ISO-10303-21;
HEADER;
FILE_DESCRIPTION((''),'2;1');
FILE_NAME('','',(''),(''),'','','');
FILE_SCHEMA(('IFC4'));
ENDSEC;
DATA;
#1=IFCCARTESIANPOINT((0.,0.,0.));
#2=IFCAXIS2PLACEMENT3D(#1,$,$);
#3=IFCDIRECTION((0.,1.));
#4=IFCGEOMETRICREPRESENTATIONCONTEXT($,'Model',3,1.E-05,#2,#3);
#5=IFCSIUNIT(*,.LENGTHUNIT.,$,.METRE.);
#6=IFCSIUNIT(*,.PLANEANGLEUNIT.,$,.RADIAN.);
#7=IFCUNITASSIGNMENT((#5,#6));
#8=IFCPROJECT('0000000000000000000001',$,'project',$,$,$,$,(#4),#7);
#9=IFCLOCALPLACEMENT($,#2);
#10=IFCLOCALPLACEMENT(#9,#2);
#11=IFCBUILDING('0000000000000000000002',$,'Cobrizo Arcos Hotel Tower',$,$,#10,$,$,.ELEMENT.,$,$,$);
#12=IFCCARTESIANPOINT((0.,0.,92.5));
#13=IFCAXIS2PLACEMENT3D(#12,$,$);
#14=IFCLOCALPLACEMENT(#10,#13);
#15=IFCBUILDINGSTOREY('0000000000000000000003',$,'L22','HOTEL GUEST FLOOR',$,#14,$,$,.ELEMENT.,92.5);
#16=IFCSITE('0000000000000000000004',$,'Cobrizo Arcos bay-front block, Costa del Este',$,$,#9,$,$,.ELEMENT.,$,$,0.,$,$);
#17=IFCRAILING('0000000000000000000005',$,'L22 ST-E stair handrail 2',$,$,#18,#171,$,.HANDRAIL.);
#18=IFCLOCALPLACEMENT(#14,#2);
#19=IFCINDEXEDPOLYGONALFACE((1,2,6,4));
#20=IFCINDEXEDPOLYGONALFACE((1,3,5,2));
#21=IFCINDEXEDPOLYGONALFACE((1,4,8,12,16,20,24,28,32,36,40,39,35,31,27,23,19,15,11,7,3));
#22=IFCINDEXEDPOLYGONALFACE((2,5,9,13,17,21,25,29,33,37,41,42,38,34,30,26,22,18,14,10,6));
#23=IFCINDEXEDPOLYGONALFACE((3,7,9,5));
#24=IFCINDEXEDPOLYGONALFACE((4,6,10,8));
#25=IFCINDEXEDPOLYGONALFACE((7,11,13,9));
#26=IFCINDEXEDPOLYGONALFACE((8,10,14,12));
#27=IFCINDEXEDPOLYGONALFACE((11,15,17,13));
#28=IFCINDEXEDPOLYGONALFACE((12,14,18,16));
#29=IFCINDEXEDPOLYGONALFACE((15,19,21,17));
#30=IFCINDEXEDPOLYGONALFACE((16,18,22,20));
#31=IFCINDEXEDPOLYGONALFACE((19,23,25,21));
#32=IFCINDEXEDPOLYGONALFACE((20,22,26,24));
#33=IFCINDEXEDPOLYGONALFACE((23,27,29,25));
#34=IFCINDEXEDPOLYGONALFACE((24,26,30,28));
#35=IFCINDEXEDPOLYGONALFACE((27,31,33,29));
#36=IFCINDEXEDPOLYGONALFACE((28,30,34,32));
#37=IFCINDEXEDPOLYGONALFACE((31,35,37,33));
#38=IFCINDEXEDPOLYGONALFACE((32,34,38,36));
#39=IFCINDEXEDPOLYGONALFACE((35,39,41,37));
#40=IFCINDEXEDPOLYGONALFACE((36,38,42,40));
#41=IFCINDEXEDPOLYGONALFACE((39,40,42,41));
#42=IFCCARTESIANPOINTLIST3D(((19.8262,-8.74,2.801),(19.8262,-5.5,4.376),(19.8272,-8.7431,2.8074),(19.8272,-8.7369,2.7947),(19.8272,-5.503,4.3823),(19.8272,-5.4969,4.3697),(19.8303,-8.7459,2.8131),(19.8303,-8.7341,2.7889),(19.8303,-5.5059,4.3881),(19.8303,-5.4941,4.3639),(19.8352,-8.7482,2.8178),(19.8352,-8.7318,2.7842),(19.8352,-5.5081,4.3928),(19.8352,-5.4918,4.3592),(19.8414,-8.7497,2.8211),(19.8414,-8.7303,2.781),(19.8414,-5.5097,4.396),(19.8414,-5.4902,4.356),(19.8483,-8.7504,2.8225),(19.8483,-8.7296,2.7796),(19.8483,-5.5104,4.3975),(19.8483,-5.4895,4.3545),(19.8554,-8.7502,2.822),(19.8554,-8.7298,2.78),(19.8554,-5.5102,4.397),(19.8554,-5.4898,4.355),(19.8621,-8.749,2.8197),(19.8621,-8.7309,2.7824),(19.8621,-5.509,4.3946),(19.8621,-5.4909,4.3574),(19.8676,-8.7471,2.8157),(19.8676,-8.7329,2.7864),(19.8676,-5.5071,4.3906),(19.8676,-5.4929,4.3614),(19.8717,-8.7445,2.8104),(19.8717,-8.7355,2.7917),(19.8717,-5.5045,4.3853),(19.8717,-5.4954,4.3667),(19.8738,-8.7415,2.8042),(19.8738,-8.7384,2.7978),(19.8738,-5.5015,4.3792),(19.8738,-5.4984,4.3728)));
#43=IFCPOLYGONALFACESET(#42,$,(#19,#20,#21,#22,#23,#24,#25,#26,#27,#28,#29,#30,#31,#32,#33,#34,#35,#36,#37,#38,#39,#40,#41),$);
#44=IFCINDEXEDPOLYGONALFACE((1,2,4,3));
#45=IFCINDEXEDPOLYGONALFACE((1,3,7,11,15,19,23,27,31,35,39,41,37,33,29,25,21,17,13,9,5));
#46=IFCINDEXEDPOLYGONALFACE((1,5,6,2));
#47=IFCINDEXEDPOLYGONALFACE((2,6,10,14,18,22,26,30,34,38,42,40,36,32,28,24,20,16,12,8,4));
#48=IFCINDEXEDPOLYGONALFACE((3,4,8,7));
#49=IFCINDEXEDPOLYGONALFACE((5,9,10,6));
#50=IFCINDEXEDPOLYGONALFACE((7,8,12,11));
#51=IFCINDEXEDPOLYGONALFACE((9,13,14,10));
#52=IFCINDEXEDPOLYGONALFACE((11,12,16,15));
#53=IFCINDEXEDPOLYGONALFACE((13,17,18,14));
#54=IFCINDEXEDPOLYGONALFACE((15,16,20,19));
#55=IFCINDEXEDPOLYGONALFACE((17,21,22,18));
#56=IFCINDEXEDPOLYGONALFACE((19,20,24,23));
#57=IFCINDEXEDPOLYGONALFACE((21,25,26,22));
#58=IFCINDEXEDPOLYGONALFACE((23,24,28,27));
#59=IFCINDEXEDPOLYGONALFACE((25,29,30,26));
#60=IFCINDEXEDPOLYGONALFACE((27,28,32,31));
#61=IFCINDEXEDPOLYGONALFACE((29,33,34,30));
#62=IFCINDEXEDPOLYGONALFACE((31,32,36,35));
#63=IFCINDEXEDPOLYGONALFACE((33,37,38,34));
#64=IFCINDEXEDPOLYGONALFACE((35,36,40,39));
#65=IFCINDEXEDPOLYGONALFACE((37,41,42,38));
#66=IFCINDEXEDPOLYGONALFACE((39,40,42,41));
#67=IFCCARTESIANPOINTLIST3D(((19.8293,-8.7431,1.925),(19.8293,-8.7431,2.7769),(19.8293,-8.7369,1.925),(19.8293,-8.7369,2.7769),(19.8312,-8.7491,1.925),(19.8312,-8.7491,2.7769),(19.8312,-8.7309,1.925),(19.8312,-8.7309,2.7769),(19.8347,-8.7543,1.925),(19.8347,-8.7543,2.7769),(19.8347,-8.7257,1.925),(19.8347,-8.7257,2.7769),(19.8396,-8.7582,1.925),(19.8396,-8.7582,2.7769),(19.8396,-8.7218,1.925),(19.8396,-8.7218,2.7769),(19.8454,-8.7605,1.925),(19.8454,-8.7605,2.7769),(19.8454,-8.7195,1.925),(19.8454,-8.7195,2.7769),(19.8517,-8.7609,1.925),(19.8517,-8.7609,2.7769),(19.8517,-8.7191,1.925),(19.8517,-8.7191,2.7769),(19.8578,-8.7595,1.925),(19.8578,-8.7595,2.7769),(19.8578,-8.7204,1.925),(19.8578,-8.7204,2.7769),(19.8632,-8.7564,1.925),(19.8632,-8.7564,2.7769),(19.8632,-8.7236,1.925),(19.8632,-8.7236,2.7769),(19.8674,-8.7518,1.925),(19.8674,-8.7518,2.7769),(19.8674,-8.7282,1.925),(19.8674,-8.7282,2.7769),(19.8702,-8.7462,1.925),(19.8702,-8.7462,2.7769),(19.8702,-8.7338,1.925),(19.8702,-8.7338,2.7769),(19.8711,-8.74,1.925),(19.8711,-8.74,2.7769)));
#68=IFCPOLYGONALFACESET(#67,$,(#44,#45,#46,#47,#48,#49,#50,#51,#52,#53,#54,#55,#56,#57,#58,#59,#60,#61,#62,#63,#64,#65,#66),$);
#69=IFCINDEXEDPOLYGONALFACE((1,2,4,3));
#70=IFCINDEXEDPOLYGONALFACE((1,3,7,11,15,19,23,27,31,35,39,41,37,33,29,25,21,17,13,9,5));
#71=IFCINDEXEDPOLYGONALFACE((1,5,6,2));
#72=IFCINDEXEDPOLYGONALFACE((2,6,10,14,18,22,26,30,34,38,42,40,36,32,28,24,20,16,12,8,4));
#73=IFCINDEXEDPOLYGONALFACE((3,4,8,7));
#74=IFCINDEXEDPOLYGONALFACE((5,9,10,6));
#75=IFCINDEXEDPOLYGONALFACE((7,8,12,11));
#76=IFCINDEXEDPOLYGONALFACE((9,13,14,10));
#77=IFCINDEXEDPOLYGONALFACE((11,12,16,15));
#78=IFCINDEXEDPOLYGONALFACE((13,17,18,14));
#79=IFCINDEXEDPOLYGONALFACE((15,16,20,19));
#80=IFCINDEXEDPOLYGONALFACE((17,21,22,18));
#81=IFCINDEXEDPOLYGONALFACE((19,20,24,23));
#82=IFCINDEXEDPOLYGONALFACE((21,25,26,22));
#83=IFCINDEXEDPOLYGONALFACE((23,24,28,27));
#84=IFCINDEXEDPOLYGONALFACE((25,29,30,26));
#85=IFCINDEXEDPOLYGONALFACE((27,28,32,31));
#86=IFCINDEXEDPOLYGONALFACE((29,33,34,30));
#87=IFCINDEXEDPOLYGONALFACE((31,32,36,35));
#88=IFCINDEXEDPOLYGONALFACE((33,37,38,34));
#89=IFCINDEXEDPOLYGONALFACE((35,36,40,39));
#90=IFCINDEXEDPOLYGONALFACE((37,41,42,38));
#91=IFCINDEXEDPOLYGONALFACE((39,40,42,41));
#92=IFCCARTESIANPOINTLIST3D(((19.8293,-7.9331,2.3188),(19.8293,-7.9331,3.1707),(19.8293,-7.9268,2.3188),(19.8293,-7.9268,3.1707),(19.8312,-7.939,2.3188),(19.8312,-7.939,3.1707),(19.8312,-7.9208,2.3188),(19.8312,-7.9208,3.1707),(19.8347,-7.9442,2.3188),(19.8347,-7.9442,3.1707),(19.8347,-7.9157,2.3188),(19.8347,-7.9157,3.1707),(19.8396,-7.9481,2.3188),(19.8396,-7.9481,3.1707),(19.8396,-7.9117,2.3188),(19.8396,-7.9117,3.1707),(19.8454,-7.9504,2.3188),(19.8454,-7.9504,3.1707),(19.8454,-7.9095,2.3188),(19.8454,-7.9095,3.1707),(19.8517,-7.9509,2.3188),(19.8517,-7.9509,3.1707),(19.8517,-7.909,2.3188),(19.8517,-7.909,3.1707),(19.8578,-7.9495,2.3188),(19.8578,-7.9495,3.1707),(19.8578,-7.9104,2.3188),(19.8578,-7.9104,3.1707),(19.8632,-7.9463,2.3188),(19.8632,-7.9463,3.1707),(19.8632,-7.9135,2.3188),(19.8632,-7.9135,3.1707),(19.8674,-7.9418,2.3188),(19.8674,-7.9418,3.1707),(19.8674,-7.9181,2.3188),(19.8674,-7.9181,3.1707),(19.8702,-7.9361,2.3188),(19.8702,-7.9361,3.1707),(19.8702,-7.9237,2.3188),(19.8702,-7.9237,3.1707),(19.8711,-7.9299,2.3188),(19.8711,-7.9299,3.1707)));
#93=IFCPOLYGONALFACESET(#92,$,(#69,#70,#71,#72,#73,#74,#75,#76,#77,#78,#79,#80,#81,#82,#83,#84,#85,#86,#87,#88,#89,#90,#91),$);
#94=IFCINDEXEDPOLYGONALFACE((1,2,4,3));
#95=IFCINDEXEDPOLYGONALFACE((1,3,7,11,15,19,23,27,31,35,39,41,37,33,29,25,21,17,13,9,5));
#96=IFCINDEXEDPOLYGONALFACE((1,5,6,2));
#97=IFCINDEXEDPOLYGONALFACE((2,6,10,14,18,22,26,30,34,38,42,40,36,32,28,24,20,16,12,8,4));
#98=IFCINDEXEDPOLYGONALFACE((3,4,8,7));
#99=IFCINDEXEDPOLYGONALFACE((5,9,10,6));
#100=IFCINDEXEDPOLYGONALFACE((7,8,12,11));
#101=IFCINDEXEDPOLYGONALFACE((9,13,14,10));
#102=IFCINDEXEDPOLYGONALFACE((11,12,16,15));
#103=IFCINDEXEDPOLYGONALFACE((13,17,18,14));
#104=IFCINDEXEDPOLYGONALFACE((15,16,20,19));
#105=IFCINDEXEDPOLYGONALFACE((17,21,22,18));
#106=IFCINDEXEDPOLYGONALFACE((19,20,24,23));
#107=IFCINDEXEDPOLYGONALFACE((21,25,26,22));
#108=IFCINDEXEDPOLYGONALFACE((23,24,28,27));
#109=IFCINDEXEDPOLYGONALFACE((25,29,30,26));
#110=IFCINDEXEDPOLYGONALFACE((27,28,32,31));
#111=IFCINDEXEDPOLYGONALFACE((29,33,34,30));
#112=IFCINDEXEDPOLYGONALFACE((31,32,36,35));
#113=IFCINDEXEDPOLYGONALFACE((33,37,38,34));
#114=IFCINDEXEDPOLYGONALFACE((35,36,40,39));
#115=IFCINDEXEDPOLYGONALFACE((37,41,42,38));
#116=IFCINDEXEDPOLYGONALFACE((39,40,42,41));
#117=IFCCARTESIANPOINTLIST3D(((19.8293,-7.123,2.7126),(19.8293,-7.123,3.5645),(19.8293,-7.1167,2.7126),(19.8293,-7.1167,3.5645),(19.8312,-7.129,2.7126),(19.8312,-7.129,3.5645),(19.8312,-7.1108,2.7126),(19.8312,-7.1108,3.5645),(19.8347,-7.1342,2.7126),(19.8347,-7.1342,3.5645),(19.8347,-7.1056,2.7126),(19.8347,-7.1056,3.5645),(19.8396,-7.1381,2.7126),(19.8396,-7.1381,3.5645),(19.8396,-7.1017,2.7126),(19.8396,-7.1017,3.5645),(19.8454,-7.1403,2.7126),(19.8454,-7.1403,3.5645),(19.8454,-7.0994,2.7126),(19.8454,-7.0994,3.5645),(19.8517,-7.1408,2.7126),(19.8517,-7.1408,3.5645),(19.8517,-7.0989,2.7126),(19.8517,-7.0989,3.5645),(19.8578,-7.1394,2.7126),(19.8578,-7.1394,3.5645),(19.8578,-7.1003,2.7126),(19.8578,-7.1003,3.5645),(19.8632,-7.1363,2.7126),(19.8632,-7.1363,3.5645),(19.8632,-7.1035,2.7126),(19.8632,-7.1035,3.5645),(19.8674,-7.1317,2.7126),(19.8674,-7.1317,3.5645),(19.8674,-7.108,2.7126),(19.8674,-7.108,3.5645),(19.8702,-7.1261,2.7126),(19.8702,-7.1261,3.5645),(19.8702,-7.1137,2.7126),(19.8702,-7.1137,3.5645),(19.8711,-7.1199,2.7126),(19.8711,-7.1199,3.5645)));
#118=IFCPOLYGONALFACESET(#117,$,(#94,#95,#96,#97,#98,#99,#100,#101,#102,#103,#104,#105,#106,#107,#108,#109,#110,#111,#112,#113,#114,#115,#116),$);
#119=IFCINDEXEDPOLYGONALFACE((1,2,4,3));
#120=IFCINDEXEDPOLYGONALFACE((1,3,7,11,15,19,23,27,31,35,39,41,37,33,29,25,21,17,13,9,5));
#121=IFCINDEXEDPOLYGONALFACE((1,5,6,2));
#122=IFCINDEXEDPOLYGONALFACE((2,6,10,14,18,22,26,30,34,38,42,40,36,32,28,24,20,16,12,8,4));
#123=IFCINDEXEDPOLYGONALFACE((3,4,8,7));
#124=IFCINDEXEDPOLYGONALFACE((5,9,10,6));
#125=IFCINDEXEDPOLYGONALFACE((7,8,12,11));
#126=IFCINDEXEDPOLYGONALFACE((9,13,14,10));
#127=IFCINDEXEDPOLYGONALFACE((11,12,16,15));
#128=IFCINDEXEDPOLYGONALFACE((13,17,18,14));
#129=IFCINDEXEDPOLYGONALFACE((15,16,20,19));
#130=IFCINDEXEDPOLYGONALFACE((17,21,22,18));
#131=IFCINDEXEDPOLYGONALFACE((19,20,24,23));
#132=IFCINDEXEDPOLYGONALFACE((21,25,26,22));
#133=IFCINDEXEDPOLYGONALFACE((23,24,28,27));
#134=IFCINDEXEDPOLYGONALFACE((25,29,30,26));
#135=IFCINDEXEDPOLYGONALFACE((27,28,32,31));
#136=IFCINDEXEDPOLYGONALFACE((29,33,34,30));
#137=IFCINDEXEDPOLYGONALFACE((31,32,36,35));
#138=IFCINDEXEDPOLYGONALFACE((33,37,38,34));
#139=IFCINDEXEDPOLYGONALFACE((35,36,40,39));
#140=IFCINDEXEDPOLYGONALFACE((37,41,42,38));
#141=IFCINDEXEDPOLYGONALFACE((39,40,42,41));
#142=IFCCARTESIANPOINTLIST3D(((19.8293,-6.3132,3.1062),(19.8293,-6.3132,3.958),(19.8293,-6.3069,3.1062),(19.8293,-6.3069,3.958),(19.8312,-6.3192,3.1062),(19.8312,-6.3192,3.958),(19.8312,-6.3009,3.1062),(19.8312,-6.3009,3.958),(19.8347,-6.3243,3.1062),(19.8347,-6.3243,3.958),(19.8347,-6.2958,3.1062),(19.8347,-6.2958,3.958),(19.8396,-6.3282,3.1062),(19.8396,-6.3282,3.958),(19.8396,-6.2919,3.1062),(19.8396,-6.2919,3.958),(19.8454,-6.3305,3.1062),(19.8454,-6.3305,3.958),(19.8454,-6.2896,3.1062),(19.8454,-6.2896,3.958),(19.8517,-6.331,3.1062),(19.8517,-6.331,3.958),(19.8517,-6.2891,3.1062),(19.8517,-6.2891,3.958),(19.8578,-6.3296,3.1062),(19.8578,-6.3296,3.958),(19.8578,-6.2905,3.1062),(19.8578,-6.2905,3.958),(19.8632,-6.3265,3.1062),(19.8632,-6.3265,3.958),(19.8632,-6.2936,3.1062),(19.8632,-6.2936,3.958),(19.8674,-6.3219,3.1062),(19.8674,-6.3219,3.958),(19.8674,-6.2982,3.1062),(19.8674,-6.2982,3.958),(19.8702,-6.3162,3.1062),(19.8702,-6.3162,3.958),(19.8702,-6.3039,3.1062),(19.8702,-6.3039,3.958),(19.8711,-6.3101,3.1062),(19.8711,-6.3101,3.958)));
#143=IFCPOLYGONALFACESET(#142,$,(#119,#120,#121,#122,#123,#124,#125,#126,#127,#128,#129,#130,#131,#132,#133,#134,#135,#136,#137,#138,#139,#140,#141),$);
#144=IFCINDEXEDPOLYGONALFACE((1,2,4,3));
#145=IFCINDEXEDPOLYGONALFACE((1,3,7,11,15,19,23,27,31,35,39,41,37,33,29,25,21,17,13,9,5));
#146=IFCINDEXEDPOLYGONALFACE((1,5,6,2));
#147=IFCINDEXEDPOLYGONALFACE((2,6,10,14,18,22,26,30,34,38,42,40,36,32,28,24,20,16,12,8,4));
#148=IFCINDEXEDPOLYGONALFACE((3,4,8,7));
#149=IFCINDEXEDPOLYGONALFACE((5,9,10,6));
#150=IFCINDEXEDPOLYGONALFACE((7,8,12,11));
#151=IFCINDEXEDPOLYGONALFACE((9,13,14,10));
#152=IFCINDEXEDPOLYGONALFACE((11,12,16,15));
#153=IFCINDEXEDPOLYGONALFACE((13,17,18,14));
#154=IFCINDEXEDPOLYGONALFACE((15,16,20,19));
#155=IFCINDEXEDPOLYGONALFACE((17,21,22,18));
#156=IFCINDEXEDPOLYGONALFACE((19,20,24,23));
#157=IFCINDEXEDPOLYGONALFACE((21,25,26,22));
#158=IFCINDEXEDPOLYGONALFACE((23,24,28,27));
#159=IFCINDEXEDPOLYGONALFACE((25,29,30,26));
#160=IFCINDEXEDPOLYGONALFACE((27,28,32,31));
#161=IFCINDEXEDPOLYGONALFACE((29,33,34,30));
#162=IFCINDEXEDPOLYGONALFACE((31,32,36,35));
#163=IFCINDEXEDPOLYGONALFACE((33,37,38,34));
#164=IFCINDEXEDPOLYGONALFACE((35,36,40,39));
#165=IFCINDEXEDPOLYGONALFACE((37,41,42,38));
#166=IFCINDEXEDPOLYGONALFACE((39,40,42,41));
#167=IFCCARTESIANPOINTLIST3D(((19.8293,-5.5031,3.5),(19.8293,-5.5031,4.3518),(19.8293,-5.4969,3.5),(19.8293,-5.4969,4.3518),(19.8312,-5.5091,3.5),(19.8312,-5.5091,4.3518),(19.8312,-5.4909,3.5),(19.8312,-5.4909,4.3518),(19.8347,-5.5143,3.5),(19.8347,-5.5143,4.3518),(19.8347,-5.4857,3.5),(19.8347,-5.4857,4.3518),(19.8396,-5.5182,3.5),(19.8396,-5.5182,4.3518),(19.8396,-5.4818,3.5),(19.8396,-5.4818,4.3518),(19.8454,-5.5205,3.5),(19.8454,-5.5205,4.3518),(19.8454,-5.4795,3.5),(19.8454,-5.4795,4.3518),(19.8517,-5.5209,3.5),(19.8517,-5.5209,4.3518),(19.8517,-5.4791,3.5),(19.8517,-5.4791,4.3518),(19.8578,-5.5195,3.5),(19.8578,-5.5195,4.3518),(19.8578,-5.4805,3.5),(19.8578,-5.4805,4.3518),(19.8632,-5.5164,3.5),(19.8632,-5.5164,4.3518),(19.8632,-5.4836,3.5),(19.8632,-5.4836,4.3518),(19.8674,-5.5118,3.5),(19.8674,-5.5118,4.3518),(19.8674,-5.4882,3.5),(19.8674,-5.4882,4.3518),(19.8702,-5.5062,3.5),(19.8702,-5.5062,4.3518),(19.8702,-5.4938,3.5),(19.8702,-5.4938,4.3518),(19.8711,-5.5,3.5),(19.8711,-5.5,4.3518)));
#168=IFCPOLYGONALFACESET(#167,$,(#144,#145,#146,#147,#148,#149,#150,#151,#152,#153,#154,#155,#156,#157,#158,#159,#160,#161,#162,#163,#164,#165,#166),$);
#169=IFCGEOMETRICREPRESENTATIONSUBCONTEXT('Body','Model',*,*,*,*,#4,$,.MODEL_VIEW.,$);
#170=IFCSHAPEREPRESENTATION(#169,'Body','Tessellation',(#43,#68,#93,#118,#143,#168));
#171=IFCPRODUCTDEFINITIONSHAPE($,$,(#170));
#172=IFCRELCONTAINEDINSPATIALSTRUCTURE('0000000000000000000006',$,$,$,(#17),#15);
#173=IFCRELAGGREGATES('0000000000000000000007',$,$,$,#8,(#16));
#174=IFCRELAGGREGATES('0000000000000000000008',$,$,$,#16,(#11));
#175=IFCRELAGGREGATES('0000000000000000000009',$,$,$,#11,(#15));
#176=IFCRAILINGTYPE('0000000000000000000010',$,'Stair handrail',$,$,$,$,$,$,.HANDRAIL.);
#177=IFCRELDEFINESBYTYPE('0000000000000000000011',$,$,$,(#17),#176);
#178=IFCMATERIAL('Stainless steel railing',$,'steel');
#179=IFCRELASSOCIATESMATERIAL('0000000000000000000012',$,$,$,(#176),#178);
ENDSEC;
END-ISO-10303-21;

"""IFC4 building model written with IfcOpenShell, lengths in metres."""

from ifc_helpers import new_model, si_unit, direction, frame, origin, origin_2d, place, context, subcontext, project, spatial, circle, extrude, material, type_object, element, save


model = new_model("IFC4")

# Units and contexts
model_context = context("Model", 3, precision=1e-05, world=origin(), true_north=direction((0.0, 1.0)))
body_context = subcontext(model_context, "Body", "Model", "MODEL_VIEW")
ifc_project = project(units=[si_unit("LENGTHUNIT", "METRE"), si_unit("PLANEANGLEUNIT", "RADIAN")], contexts=[model_context])

# Site, building, storey
site_placement = place(None, origin())
site = spatial("IfcSite", under=ifc_project, at=site_placement, Name="Cobrizo Arcos bay-front block, Costa del Este", CompositionType="ELEMENT", RefElevation=0.0)
building_placement = place(site_placement, origin())
building = spatial("IfcBuilding", under=site, at=building_placement, Name="Cobrizo Arcos Hotel Tower", CompositionType="ELEMENT")
storey_placement = place(building_placement, frame((0.0, 0.0, 92.5)))
storey = spatial("IfcBuildingStorey", under=building, at=storey_placement, Name="L22", Description="HOTEL GUEST FLOOR", CompositionType="ELEMENT", Elevation=92.5)

# Railing
ifc_material_1 = material(Name="Stainless steel railing", Category="steel")
railing_type_1 = type_object("IfcRailingType", Name="Stair handrail", PredefinedType="HANDRAIL", material=ifc_material_1)
railing_1_placement = place(storey_placement, frame((19.8501, -8.74, 1.925)))
element("IfcRailing", 1, at=railing_1_placement, inside=storey, type_object=railing_type_1, Name="L22 ST-E stair handrail 2", PredefinedType="HANDRAIL", context=body_context, shape_type="SweptSolid", body=[
    extrude(circle(Radius=0.0239, at=origin_2d()), frame((0.0, 0.0, 0.876), z_axis=(0.0, 0.899373, 0.437183), x_axis=(-1.0, 0.0, 0.0)), (0.0, 0.0, 1.0), 3.6025),
    extrude(circle(Radius=0.021, at=origin_2d()), origin(), (0.0, 0.0, 1.0), 0.8518),
    extrude(circle(Radius=0.021, at=origin_2d()), frame((0.0, 0.8101, 0.3938)), (0.0, 0.0, 1.0), 0.8518),
    extrude(circle(Radius=0.021, at=origin_2d()), frame((0.0, 1.6201, 0.7876)), (0.0, 0.0, 1.0), 0.8518),
    extrude(circle(Radius=0.021, at=origin_2d()), frame((0.0, 2.4299, 1.1812)), (0.0, 0.0, 1.0), 0.8518),
    extrude(circle(Radius=0.021, at=origin_2d()), frame((0.0, 3.24, 1.575)), (0.0, 0.0, 1.0), 0.8518),
])

save(model, "model.ifc")
